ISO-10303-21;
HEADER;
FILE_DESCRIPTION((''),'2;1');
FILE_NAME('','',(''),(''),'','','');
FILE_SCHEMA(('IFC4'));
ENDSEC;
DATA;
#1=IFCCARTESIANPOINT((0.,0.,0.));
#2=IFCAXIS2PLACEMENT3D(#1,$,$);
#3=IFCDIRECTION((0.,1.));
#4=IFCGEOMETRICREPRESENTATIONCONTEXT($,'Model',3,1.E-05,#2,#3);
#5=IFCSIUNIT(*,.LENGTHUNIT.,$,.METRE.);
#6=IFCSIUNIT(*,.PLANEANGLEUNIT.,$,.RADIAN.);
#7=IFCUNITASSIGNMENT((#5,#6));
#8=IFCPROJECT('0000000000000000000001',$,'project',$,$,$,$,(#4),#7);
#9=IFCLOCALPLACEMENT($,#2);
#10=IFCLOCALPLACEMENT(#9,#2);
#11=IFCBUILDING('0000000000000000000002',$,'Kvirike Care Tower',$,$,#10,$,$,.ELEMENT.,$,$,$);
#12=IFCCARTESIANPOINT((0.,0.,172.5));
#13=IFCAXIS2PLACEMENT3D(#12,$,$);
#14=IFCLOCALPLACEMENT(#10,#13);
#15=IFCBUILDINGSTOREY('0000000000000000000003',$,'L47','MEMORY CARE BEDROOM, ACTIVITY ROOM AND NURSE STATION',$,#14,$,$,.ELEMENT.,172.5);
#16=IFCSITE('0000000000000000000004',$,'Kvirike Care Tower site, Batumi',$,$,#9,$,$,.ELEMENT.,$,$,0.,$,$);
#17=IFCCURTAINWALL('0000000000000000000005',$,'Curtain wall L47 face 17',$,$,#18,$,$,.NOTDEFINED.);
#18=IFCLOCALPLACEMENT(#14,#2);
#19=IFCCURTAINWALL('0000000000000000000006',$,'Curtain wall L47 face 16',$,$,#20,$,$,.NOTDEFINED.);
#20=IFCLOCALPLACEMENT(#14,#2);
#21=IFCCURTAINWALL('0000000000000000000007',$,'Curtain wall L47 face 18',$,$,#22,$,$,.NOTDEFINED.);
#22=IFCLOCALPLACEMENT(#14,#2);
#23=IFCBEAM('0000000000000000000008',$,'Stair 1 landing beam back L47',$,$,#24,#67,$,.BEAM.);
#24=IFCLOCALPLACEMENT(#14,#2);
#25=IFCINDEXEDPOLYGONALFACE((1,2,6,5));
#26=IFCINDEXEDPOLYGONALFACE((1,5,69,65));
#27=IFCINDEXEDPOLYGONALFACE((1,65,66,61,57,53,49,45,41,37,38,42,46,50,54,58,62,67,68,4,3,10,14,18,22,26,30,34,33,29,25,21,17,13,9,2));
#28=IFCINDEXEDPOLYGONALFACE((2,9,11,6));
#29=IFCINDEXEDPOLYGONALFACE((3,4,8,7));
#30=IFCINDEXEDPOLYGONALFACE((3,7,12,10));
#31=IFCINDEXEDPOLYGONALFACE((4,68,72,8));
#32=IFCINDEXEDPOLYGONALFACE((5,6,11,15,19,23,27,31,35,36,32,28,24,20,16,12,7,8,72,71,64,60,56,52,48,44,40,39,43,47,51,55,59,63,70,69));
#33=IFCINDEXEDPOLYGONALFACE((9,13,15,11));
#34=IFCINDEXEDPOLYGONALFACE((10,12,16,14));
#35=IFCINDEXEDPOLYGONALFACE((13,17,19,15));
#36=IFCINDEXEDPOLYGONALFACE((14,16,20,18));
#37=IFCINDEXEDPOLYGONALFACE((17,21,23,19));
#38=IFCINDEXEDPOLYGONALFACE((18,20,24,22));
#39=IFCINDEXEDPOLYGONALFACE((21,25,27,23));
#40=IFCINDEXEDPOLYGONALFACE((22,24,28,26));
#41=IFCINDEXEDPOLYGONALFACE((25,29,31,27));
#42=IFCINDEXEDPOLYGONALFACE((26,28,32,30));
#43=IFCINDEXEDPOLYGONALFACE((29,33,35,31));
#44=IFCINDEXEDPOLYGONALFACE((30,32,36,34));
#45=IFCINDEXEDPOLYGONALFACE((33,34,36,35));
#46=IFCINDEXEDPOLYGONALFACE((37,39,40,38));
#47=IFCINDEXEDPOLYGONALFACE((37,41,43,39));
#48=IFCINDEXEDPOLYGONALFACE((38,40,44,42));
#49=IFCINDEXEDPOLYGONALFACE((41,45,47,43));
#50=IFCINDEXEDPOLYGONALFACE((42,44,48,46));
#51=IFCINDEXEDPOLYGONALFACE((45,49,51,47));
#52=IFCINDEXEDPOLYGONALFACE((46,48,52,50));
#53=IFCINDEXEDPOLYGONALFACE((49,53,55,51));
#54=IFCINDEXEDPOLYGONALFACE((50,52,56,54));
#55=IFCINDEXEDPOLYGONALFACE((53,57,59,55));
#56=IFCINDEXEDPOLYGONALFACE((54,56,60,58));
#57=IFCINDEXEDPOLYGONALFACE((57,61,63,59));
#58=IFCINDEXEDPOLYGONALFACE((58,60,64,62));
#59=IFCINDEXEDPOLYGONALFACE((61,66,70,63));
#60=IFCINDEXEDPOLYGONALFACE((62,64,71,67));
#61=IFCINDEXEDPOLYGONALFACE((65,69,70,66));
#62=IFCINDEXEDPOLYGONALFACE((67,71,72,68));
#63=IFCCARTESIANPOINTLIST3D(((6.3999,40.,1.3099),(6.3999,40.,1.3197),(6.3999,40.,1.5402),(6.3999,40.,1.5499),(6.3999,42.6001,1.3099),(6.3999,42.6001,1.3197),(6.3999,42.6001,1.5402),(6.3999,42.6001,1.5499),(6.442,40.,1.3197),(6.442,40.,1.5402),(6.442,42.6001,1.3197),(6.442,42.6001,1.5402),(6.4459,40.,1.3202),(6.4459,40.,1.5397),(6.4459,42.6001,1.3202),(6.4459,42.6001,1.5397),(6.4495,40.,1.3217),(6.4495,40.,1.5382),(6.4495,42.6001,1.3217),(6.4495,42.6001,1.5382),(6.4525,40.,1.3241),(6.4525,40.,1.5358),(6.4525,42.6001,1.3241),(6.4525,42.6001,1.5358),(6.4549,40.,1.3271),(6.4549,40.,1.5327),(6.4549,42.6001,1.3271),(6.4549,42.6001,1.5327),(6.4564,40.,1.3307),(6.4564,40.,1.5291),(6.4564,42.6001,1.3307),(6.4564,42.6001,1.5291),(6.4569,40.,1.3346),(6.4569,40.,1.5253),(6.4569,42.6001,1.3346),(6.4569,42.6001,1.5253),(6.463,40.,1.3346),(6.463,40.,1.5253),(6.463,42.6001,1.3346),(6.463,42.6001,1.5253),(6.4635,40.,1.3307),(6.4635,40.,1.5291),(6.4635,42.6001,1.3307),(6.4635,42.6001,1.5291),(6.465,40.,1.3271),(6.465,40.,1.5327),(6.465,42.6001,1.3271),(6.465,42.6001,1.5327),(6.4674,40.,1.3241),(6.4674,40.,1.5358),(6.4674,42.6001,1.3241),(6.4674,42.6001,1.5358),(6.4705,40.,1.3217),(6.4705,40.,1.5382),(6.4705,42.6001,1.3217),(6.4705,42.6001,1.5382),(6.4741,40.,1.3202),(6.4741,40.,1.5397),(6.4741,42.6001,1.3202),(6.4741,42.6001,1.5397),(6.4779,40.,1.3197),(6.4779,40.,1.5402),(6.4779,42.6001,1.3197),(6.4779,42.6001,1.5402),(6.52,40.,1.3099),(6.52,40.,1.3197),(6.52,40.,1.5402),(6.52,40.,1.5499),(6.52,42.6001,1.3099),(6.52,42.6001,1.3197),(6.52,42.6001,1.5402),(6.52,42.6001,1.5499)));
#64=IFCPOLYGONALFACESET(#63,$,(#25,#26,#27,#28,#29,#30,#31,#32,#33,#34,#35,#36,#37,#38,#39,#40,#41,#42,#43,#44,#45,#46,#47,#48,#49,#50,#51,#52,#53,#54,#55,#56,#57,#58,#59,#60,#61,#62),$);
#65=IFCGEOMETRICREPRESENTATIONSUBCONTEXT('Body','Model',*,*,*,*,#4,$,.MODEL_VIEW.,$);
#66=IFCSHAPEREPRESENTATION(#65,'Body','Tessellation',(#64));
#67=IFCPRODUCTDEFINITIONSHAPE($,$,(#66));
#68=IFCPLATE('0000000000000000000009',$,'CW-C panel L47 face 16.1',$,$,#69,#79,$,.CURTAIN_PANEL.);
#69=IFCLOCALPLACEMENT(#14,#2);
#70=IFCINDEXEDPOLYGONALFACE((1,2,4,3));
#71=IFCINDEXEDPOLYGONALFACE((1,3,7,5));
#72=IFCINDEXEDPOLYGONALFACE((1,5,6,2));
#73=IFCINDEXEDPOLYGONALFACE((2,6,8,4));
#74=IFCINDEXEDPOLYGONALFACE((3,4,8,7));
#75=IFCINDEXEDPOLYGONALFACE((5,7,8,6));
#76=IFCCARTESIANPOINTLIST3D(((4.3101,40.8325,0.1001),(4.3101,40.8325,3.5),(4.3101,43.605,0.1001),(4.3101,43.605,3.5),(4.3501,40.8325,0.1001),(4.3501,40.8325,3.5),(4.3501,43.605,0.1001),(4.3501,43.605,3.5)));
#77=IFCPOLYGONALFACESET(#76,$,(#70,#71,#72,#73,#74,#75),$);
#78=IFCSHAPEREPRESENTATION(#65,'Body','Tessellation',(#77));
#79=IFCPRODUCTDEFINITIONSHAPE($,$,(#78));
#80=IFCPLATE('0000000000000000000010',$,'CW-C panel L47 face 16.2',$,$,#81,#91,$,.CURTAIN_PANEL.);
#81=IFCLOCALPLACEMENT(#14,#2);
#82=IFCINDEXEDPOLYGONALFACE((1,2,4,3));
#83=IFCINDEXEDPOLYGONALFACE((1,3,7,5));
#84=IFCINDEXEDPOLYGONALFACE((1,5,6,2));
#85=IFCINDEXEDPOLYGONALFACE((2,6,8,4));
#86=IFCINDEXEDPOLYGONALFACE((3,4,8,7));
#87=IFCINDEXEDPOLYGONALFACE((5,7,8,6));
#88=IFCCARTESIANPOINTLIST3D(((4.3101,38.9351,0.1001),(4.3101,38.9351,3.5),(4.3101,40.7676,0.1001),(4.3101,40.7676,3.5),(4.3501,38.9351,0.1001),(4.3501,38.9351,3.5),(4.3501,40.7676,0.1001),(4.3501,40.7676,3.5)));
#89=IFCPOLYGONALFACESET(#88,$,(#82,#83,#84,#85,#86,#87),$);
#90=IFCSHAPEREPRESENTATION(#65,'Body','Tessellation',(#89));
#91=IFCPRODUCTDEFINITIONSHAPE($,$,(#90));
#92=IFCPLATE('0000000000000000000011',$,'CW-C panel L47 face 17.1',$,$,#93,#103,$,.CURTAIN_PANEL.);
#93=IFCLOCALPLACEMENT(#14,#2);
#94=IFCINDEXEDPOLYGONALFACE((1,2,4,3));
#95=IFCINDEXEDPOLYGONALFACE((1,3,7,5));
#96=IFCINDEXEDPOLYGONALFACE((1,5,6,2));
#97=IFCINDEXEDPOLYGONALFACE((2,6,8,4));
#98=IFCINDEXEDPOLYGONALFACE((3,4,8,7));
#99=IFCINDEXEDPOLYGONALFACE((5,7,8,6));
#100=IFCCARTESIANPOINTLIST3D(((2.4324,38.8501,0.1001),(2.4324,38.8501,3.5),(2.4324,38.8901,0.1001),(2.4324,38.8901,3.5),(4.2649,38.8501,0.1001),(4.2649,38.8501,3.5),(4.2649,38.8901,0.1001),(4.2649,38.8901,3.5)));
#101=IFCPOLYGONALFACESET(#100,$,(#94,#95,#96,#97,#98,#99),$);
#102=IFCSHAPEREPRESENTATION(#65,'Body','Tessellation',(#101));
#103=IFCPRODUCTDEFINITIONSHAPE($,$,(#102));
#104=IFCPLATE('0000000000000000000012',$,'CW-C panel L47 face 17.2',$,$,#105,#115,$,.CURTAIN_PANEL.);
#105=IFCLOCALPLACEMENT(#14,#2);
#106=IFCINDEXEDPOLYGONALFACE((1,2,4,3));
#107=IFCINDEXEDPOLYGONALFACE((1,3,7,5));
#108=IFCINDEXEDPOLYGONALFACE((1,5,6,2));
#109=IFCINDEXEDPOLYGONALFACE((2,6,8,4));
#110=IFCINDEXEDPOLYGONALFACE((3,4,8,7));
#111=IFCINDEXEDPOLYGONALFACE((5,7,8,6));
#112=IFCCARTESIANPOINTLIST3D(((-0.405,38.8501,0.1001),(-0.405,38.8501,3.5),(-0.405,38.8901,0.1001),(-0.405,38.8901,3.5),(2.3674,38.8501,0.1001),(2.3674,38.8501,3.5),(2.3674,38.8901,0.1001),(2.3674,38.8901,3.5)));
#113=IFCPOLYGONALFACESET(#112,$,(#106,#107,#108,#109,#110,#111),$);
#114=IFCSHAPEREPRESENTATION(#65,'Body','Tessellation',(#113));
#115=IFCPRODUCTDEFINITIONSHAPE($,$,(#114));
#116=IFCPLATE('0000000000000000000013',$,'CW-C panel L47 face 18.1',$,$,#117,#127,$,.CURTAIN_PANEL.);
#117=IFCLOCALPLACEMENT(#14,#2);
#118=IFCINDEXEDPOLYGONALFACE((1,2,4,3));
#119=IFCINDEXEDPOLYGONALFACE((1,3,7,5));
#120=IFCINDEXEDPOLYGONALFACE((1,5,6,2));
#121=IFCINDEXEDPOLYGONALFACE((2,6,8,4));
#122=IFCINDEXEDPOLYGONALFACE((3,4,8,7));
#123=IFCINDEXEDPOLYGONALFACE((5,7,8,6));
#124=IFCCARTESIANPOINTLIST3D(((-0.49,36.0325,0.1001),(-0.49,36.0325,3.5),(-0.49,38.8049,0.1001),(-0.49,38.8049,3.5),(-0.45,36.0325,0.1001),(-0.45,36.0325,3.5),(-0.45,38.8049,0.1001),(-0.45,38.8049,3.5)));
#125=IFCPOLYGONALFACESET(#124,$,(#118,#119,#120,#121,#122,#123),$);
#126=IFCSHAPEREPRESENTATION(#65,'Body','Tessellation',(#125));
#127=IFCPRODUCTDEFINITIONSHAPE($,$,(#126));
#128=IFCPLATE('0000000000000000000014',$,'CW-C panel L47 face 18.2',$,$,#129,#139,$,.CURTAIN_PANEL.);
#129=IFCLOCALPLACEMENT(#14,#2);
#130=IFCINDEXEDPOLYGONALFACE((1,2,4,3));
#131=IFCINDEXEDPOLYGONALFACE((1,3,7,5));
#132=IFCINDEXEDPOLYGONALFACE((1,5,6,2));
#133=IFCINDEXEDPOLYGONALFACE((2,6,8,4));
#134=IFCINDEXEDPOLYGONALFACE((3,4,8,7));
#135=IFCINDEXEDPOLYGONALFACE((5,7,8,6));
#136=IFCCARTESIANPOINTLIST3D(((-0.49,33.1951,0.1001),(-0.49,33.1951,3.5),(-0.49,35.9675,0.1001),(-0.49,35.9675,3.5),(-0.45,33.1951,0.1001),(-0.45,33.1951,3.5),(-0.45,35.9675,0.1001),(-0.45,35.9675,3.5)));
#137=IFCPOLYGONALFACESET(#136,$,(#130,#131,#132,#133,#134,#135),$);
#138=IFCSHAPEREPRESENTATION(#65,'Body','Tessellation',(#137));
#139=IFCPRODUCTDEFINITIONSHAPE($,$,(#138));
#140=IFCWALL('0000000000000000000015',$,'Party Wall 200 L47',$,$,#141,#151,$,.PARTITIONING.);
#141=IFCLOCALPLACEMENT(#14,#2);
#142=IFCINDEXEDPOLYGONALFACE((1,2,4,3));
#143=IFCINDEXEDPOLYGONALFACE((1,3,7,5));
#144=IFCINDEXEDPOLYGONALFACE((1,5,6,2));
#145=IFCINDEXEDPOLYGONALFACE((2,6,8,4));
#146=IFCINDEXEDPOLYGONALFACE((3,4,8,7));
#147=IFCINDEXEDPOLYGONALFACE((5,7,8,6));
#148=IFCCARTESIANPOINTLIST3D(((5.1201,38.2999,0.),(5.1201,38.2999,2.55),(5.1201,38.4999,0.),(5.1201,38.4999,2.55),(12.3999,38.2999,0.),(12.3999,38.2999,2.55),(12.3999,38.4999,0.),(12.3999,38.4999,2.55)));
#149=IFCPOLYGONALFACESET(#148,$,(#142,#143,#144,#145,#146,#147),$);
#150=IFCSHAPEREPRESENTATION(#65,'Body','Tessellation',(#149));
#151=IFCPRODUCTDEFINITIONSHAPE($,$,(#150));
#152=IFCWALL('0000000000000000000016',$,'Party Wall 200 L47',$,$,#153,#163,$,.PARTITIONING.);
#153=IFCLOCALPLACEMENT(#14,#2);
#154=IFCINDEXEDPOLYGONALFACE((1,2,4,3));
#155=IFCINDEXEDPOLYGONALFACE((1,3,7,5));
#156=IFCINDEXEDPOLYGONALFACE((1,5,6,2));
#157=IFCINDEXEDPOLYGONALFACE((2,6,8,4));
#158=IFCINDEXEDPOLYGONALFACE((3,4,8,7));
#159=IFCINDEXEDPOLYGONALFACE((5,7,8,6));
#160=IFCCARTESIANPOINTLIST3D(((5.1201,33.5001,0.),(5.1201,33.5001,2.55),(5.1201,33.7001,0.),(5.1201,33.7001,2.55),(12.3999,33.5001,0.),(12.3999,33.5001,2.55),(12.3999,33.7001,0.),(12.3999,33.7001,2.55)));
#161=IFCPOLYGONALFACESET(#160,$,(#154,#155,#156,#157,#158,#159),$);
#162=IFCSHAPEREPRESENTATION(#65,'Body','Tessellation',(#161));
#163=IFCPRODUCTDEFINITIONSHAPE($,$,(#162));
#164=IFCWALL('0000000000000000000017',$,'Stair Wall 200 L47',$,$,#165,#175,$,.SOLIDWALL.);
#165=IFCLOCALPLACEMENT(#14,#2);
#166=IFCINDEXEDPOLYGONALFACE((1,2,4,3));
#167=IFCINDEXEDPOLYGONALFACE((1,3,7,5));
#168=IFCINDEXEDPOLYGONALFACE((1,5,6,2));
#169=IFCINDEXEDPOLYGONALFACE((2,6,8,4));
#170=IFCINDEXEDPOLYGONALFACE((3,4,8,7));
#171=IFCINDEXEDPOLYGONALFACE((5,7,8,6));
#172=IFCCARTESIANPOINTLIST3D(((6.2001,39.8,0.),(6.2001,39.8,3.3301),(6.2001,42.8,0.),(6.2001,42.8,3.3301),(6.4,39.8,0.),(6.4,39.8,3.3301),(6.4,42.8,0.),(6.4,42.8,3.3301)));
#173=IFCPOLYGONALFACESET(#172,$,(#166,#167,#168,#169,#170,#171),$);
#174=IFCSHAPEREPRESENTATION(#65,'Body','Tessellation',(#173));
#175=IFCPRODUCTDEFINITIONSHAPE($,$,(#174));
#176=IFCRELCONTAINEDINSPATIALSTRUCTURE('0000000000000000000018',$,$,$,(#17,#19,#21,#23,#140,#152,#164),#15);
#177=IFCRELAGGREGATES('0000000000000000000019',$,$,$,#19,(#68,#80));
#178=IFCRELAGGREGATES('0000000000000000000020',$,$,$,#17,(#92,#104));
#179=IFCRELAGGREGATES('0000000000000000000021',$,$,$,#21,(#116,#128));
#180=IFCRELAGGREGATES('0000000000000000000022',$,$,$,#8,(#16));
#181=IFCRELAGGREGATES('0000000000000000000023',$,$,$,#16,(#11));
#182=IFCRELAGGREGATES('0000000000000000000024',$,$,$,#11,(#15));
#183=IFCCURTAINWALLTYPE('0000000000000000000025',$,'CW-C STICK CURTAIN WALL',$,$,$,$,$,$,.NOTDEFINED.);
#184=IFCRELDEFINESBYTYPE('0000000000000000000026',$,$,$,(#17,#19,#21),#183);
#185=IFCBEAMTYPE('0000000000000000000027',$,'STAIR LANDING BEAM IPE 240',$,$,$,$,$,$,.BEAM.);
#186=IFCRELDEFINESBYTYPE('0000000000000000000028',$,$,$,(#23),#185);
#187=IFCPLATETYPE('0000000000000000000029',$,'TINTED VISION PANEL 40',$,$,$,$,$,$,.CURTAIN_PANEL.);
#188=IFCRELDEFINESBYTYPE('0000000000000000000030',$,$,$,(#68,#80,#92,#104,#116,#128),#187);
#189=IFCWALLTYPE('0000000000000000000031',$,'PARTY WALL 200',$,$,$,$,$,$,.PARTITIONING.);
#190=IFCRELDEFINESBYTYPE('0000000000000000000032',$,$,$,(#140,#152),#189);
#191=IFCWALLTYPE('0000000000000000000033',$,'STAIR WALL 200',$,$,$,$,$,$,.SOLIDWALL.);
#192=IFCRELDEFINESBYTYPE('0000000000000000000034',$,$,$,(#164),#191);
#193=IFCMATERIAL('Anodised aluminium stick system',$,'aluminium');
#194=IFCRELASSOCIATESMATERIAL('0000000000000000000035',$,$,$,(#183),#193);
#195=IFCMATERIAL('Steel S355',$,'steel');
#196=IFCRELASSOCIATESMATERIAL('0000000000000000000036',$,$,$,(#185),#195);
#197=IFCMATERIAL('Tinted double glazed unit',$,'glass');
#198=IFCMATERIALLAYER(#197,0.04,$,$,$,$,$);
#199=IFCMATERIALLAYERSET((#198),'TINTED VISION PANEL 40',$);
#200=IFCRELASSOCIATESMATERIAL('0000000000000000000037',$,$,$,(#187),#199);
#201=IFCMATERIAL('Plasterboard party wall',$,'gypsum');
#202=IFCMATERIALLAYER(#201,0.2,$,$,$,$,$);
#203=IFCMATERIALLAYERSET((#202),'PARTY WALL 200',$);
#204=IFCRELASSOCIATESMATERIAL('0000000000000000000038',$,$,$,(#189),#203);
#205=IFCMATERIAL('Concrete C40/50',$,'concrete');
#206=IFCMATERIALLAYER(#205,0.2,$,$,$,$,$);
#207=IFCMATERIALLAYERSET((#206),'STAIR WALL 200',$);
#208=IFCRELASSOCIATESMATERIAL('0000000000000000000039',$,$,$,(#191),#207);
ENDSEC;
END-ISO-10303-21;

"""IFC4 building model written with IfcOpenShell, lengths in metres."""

from ifc_helpers import new_model, si_unit, direction, frame, frame_2d, origin, origin_2d, place, context, subcontext, project, spatial, rectangle, i_section, extrude, material, layer, layer_set, material_profile, profile_set, type_object, element, aggregate, save


model = new_model("IFC4")

# Units and contexts
model_context = context("Model", 3, precision=1e-05, world=origin(), true_north=direction((0.0, 1.0)))
body_context = subcontext(model_context, "Body", "Model", "MODEL_VIEW")
ifc_project = project(units=[si_unit("LENGTHUNIT", "METRE"), si_unit("PLANEANGLEUNIT", "RADIAN")], contexts=[model_context])

# Site, building, storey
site_placement = place(None, origin())
site = spatial("IfcSite", under=ifc_project, at=site_placement, Name="Kvirike Care Tower site, Batumi", CompositionType="ELEMENT", RefElevation=0.0)
building_placement = place(site_placement, origin())
building = spatial("IfcBuilding", under=site, at=building_placement, Name="Kvirike Care Tower", CompositionType="ELEMENT")
storey_placement = place(building_placement, frame((0.0, 0.0, 172.5)))
storey = spatial("IfcBuildingStorey", under=building, at=storey_placement, Name="L47", Description="MEMORY CARE BEDROOM, ACTIVITY ROOM AND NURSE STATION", CompositionType="ELEMENT", Elevation=172.5)

# Curtain wall
ifc_material_1 = material(Name="Anodised aluminium stick system", Category="aluminium")
curtain_wall_type = type_object("IfcCurtainWallType", Name="CW-C STICK CURTAIN WALL", PredefinedType="NOTDEFINED", material=ifc_material_1)
curtain_wall_1_placement = place(storey_placement, origin())
curtain_wall_1 = element("IfcCurtainWall", 1, at=curtain_wall_1_placement, inside=storey, type_object=curtain_wall_type, Name="Curtain wall L47 face 17", PredefinedType="NOTDEFINED")

# Curtain wall
curtain_wall_2_placement = place(storey_placement, origin())
curtain_wall_2 = element("IfcCurtainWall", 2, at=curtain_wall_2_placement, inside=storey, type_object=curtain_wall_type, Name="Curtain wall L47 face 16", PredefinedType="NOTDEFINED")

# Curtain wall
curtain_wall_3_placement = place(storey_placement, origin())
curtain_wall_3 = element("IfcCurtainWall", 3, at=curtain_wall_3_placement, inside=storey, type_object=curtain_wall_type, Name="Curtain wall L47 face 18", PredefinedType="NOTDEFINED")

# Beam
ifc_material_2 = material(Name="Steel S355", Category="steel")
ifc_material_profile_1 = material_profile(ifc_material_2, i_section(OverallWidth=0.1201, OverallDepth=0.24, WebThickness=0.0061, FlangeThickness=0.0098, FilletRadius=0.0149, at=origin_2d()), Name="IPE 240")
ifc_profile_set_1 = profile_set([ifc_material_profile_1], Name="Steel S355")
beam_type_1 = type_object("IfcBeamType", Name="STAIR LANDING BEAM IPE 240", PredefinedType="BEAM", material=ifc_profile_set_1)
beam_1_placement = place(storey_placement, frame((6.46, 42.6001, 1.4299), z_axis=(0.0, -1.0, 0.0), x_axis=(1.0, 0.0, 0.0)))
element("IfcBeam", 4, at=beam_1_placement, inside=storey, type_object=beam_type_1, Name="Stair 1 landing beam back L47", PredefinedType="BEAM", context=body_context, shape_type="SweptSolid", body=[
    extrude(i_section(OverallWidth=0.1201, OverallDepth=0.24, WebThickness=0.0061, FlangeThickness=0.0098, FilletRadius=0.0149, at=origin_2d()), origin(), (0.0, 0.0, 1.0), 2.6001),
])

# Plates
ifc_material_3 = material(Name="Tinted double glazed unit", Category="glass")
ifc_layer_1 = layer(ifc_material_3, 0.04)
ifc_layer_set_1 = layer_set([ifc_layer_1], Name="TINTED VISION PANEL 40")
plate_type = type_object("IfcPlateType", Name="TINTED VISION PANEL 40", PredefinedType="CURTAIN_PANEL", material=ifc_layer_set_1)
plate_1_placement = place(storey_placement, frame((4.3301, 42.2188, 0.1001), z_axis=(0.0, 0.0, 1.0), x_axis=(0.0, -1.0, 0.0)))
plate_1 = element("IfcPlate", 5, at=plate_1_placement, type_object=plate_type, Name="CW-C panel L47 face 16.1", PredefinedType="CURTAIN_PANEL", context=body_context, shape_type="SweptSolid", body=[
    extrude(rectangle(XDim=2.7725, YDim=0.04, at=origin_2d()), origin(), (0.0, 0.0, 1.0), 3.3999),
])
plate_2_placement = place(storey_placement, frame((4.3301, 39.8513, 0.1001), z_axis=(0.0, 0.0, 1.0), x_axis=(0.0, -1.0, 0.0)))
plate_2 = element("IfcPlate", 6, at=plate_2_placement, type_object=plate_type, Name="CW-C panel L47 face 16.2", PredefinedType="CURTAIN_PANEL", context=body_context, shape_type="SweptSolid", body=[
    extrude(rectangle(XDim=1.8325, YDim=0.04, at=origin_2d()), origin(), (0.0, 0.0, 1.0), 3.3999),
])
aggregate(curtain_wall_2, [plate_1, plate_2])
plate_3_placement = place(storey_placement, frame((3.3486, 38.8701, 0.1001), z_axis=(0.0, 0.0, 1.0), x_axis=(-1.0, 0.0, 0.0)))
plate_3 = element("IfcPlate", 7, at=plate_3_placement, type_object=plate_type, Name="CW-C panel L47 face 17.1", PredefinedType="CURTAIN_PANEL", context=body_context, shape_type="SweptSolid", body=[
    extrude(rectangle(XDim=1.8325, YDim=0.04, at=origin_2d()), origin(), (0.0, 0.0, 1.0), 3.3999),
])
plate_4_placement = place(storey_placement, frame((0.9812, 38.8701, 0.1001), z_axis=(0.0, 0.0, 1.0), x_axis=(-1.0, 0.0, 0.0)))
plate_4 = element("IfcPlate", 8, at=plate_4_placement, type_object=plate_type, Name="CW-C panel L47 face 17.2", PredefinedType="CURTAIN_PANEL", context=body_context, shape_type="SweptSolid", body=[
    extrude(rectangle(XDim=2.7725, YDim=0.04, at=origin_2d()), origin(), (0.0, 0.0, 1.0), 3.3999),
])
aggregate(curtain_wall_1, [plate_3, plate_4])
plate_5_placement = place(storey_placement, frame((-0.47, 37.4187, 0.1001), z_axis=(0.0, 0.0, 1.0), x_axis=(0.0, -1.0, 0.0)))
plate_5 = element("IfcPlate", 9, at=plate_5_placement, type_object=plate_type, Name="CW-C panel L47 face 18.1", PredefinedType="CURTAIN_PANEL", context=body_context, shape_type="SweptSolid", body=[
    extrude(rectangle(XDim=2.7725, YDim=0.04, at=origin_2d()), origin(), (0.0, 0.0, 1.0), 3.3999),
])
plate_6_placement = place(storey_placement, frame((-0.47, 34.5813, 0.1001), z_axis=(0.0, 0.0, 1.0), x_axis=(0.0, -1.0, 0.0)))
plate_6 = element("IfcPlate", 10, at=plate_6_placement, type_object=plate_type, Name="CW-C panel L47 face 18.2", PredefinedType="CURTAIN_PANEL", context=body_context, shape_type="SweptSolid", body=[
    extrude(rectangle(XDim=2.7725, YDim=0.04, at=origin_2d()), origin(), (0.0, 0.0, 1.0), 3.3999),
])
aggregate(curtain_wall_3, [plate_5, plate_6])

# Walls
ifc_material_4 = material(Name="Plasterboard party wall", Category="gypsum")
ifc_layer_2 = layer(ifc_material_4, 0.2)
ifc_layer_set_2 = layer_set([ifc_layer_2], Name="PARTY WALL 200")
wall_type_1 = type_object("IfcWallType", Name="PARTY WALL 200", PredefinedType="PARTITIONING", material=ifc_layer_set_2)
for number, where, z_axis, x_axis, name in (
    (11, (5.1201, 38.3999, 0.0), (0.0, 0.0, 1.0), (1.0, 0.0, 0.0), "Party Wall 200 L47"),
    (12, (5.1201, 33.6001, 0.0), (0.0, 0.0, 1.0), (1.0, 0.0, 0.0), "Party Wall 200 L47"),
):
    element("IfcWall", number, at=place(storey_placement, frame(where, z_axis=z_axis, x_axis=x_axis)), inside=storey, type_object=wall_type_1, Name=name, PredefinedType="PARTITIONING", context=body_context, shape_type="SweptSolid", body=[
        extrude(rectangle(XDim=7.2798, YDim=0.2, at=frame_2d((3.6399, 0.0))), origin(), (0.0, 0.0, 1.0), 2.55),
    ])
ifc_material_5 = material(Name="Concrete C40/50", Category="concrete")
ifc_layer_3 = layer(ifc_material_5, 0.2)
ifc_layer_set_3 = layer_set([ifc_layer_3], Name="STAIR WALL 200")
wall_type_2 = type_object("IfcWallType", Name="STAIR WALL 200", PredefinedType="SOLIDWALL", material=ifc_layer_set_3)
wall_placement = place(storey_placement, frame((6.3, 42.8, 0.0), z_axis=(0.0, 0.0, 1.0), x_axis=(0.0, -1.0, 0.0)))
element("IfcWall", 13, at=wall_placement, inside=storey, type_object=wall_type_2, Name="Stair Wall 200 L47", PredefinedType="SOLIDWALL", context=body_context, shape_type="SweptSolid", body=[
    extrude(rectangle(XDim=3.0, YDim=0.2, at=frame_2d((1.5, 0.0))), origin(), (0.0, 0.0, 1.0), 3.3301),
])

save(model, "model.ifc")
